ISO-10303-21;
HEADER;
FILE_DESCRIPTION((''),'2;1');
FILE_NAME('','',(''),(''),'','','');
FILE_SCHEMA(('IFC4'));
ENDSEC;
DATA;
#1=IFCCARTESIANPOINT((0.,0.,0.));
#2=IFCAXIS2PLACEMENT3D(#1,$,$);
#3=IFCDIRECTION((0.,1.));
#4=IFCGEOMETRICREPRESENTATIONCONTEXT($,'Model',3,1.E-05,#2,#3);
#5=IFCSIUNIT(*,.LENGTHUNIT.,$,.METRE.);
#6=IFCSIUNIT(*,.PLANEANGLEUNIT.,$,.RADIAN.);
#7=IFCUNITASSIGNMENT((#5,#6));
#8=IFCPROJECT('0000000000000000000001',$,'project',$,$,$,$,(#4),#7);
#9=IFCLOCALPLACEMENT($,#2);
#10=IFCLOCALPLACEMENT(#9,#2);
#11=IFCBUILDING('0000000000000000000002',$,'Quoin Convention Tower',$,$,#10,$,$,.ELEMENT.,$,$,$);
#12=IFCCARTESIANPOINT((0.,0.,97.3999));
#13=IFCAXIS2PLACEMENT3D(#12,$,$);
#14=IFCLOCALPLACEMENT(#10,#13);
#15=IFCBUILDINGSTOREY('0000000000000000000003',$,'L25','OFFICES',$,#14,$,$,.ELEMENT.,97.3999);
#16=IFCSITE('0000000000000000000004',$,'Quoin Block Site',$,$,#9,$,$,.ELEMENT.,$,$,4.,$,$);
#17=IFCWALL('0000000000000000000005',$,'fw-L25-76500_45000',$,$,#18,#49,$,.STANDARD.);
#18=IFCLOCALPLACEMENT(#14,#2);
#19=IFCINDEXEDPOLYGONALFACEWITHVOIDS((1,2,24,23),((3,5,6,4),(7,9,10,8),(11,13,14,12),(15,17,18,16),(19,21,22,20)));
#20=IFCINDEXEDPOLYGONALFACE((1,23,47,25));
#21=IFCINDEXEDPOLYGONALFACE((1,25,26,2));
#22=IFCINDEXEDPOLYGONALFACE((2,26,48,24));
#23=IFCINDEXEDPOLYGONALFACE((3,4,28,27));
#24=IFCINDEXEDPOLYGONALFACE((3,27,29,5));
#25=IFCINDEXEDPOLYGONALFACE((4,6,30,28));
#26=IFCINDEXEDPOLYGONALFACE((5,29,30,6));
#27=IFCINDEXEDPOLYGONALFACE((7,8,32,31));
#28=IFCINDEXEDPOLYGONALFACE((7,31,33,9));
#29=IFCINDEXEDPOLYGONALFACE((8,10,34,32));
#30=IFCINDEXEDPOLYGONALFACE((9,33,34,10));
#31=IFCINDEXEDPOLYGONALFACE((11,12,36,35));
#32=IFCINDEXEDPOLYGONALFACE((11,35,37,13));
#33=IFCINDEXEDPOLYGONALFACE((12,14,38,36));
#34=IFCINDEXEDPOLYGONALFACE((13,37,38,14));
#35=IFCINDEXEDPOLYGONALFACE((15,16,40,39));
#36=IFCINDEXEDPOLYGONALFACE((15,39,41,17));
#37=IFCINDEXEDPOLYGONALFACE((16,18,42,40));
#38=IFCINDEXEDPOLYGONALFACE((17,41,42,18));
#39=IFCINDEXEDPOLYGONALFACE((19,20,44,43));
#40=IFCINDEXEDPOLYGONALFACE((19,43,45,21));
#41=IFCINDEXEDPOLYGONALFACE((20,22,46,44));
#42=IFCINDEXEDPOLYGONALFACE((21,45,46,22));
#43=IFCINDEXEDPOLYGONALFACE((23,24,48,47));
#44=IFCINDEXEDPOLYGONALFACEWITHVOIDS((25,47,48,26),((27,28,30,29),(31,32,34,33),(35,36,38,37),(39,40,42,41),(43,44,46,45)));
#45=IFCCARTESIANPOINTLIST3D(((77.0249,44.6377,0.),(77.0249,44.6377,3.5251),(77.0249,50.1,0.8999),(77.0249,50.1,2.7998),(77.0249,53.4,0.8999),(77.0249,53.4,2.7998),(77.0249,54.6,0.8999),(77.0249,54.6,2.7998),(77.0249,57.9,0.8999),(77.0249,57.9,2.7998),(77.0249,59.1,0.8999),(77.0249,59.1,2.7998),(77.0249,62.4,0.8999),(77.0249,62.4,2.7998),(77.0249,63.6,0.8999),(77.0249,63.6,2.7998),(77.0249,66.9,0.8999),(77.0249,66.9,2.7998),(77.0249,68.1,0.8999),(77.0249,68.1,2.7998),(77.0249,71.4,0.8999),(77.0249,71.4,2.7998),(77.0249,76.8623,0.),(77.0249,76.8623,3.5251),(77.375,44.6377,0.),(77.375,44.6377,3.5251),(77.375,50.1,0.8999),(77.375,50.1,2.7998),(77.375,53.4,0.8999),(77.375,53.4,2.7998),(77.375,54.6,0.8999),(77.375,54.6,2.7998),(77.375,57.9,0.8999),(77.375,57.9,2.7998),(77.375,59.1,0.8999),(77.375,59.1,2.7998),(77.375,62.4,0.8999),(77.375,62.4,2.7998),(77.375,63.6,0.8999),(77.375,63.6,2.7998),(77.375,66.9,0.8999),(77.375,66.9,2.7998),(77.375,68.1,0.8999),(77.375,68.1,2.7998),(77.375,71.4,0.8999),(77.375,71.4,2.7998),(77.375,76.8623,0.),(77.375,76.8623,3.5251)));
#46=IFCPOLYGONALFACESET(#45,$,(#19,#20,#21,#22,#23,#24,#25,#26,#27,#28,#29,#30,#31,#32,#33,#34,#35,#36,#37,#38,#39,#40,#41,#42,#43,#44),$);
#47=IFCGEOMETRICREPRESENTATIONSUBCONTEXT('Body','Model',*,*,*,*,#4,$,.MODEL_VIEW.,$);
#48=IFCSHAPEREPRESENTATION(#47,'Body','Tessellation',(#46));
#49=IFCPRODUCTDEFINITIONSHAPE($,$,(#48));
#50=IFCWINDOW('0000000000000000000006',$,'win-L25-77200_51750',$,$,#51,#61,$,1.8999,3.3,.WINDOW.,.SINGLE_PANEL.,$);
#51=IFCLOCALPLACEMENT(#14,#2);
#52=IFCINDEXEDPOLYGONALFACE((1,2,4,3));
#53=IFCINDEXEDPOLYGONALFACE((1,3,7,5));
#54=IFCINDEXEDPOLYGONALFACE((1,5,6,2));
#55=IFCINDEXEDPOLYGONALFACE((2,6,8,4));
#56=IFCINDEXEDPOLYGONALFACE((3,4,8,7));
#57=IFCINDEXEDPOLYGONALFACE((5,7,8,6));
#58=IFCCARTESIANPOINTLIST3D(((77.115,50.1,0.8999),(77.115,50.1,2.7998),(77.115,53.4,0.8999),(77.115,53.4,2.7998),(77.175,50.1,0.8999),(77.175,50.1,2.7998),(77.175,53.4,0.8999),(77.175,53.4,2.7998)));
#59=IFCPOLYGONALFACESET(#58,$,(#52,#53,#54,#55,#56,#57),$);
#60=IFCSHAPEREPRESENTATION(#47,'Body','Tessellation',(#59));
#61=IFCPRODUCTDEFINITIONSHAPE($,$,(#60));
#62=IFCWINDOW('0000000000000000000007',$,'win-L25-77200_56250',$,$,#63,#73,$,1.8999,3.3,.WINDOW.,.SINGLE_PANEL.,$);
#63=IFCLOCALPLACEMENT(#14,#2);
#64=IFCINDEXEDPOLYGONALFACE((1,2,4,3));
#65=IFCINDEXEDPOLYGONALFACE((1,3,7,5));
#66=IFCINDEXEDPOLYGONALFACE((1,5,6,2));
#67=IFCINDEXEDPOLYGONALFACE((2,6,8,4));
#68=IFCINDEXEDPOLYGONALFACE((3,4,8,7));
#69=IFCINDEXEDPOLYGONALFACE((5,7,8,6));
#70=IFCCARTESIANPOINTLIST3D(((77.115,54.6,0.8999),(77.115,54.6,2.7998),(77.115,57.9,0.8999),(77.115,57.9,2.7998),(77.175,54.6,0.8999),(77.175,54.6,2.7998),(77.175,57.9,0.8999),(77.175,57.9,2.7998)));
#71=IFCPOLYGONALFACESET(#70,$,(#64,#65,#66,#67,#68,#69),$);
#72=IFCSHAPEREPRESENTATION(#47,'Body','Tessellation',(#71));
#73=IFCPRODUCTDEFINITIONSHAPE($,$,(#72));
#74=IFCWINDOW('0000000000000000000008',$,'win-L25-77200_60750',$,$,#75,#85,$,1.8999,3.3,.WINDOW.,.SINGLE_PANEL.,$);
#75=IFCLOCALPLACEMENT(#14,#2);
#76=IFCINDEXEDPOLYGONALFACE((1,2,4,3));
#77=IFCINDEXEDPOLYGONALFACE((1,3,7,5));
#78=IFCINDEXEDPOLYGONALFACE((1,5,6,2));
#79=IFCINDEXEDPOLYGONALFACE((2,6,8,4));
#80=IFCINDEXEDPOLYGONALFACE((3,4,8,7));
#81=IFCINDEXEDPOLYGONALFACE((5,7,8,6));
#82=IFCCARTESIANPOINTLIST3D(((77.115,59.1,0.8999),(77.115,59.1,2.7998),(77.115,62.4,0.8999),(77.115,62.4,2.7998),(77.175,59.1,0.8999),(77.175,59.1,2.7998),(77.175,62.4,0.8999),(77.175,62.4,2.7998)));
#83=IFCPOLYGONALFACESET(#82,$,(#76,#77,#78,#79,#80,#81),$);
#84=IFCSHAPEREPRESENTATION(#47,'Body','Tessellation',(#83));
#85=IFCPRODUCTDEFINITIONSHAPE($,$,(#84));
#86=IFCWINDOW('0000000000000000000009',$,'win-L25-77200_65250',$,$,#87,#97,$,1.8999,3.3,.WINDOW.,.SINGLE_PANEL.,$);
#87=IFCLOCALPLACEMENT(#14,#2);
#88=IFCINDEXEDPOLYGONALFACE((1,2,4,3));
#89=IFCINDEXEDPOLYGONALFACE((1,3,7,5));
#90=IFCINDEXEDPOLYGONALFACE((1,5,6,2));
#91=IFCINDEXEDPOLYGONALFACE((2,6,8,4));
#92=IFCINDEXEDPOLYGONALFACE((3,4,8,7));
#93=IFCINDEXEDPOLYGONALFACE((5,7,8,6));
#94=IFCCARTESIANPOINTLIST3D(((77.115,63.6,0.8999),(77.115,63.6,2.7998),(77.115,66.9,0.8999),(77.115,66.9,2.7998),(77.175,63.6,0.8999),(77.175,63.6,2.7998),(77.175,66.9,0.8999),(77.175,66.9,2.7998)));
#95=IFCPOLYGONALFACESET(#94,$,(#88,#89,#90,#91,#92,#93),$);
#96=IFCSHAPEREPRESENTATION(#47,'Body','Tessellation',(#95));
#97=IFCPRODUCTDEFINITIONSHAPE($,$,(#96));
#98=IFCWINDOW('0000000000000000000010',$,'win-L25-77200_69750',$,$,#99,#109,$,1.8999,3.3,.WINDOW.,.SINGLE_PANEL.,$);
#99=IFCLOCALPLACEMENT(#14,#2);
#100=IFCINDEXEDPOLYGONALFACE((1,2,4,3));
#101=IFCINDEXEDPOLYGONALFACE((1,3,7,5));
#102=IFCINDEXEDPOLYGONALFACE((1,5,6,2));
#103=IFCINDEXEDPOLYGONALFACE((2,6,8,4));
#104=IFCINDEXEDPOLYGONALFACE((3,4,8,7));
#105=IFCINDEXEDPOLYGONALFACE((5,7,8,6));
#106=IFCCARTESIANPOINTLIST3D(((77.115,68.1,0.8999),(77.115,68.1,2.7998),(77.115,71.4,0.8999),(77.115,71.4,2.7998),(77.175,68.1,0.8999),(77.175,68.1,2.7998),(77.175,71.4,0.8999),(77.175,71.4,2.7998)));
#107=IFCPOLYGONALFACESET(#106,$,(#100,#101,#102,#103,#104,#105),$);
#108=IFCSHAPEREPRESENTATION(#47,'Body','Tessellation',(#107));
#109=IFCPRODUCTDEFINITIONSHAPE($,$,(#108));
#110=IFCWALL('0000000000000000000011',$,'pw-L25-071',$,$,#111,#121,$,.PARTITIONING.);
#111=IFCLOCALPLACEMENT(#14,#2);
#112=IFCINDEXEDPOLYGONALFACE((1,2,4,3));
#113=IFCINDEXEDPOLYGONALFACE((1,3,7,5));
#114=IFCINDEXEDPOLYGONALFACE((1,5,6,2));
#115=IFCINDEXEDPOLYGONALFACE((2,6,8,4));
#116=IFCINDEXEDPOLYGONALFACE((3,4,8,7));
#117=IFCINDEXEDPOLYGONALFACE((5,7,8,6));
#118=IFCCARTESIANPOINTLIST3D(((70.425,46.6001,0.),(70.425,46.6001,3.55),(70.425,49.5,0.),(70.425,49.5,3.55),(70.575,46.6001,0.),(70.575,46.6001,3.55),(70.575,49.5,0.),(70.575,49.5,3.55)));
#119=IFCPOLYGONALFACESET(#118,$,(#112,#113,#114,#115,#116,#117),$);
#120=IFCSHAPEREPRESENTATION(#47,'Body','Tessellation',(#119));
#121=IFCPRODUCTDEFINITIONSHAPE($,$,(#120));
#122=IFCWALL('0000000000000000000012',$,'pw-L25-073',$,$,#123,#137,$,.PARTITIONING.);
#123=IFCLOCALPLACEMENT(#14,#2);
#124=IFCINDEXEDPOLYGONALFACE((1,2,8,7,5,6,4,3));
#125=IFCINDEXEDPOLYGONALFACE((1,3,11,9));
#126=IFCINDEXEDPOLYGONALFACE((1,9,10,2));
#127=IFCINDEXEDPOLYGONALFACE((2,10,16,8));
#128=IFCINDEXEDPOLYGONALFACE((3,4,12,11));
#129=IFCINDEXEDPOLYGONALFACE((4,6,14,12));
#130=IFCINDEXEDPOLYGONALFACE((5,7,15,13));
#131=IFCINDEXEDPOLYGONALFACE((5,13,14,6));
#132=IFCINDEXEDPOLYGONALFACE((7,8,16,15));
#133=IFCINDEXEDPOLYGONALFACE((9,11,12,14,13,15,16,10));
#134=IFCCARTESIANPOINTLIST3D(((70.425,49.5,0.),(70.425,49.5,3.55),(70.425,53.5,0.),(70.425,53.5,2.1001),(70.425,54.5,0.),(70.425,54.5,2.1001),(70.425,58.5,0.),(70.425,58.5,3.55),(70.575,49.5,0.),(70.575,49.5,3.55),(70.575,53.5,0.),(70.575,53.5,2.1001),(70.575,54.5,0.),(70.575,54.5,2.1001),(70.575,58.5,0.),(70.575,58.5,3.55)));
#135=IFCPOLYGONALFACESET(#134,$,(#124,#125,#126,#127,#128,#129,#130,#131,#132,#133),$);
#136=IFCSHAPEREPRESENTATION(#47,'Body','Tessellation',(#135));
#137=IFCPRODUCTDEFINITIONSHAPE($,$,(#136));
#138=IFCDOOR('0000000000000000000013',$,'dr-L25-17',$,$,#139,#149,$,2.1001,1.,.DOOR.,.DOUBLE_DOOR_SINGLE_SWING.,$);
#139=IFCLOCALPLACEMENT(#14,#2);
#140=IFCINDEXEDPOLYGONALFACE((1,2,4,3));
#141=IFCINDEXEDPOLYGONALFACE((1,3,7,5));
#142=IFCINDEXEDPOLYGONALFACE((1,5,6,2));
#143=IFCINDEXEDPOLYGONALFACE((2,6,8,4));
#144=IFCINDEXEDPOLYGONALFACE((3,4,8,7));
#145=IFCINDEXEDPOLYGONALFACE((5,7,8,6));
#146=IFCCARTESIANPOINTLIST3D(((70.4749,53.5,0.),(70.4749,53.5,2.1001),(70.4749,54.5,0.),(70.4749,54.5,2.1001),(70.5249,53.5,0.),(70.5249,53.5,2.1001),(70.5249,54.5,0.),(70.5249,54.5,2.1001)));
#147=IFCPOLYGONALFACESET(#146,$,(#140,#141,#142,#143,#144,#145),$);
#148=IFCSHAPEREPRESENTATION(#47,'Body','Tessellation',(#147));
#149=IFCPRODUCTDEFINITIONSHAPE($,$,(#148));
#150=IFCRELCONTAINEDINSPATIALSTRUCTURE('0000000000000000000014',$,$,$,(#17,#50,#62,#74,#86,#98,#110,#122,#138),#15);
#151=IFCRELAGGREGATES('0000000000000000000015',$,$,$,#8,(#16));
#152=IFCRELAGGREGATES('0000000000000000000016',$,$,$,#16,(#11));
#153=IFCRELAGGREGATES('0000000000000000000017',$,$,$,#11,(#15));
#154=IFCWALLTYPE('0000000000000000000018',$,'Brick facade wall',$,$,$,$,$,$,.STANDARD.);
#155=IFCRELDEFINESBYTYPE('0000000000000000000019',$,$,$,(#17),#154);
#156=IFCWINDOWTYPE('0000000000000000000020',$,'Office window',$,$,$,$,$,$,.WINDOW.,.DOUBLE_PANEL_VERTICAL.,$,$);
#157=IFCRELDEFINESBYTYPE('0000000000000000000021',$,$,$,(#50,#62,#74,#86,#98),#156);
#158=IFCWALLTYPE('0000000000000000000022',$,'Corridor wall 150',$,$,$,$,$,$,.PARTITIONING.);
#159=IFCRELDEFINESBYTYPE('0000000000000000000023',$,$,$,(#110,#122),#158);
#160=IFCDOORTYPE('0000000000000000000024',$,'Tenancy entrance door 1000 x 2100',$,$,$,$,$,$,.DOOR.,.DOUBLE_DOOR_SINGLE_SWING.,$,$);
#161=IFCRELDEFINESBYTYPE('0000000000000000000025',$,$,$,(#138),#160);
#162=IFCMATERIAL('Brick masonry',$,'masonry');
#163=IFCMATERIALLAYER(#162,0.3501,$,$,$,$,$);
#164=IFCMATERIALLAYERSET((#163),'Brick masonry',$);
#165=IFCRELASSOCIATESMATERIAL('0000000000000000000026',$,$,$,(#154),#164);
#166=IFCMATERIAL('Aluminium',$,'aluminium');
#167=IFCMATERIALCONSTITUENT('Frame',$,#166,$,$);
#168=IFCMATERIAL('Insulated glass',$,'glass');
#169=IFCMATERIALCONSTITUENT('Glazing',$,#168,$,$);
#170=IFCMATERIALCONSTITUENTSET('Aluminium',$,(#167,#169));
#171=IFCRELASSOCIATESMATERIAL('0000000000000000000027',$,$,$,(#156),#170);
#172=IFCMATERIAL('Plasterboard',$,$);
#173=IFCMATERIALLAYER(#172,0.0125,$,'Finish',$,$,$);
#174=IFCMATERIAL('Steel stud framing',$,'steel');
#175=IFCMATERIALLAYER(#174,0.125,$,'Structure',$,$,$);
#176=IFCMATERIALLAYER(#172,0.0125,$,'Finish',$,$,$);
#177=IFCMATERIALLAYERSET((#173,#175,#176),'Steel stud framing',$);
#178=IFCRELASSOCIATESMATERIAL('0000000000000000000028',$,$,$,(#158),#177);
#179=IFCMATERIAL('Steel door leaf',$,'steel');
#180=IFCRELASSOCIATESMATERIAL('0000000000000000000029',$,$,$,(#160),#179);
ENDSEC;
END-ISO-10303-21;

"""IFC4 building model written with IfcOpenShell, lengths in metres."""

from ifc_helpers import new_model, si_unit, direction, frame, frame_2d, origin, place, context, subcontext, project, spatial, rectangle, extrude, material, layer, layer_set, constituent, constituent_set, type_object, element, fill, save


model = new_model("IFC4")

# Units and contexts
model_context = context("Model", 3, precision=1e-05, world=origin(), true_north=direction((0.0, 1.0)))
body_context = subcontext(model_context, "Body", "Model", "MODEL_VIEW")
ifc_project = project(units=[si_unit("LENGTHUNIT", "METRE"), si_unit("PLANEANGLEUNIT", "RADIAN")], contexts=[model_context])

# Site, building, storey
site_placement = place(None, origin())
site = spatial("IfcSite", under=ifc_project, at=site_placement, Name="Quoin Block Site", CompositionType="ELEMENT", RefElevation=4.0)
building_placement = place(site_placement, origin())
building = spatial("IfcBuilding", under=site, at=building_placement, Name="Quoin Convention Tower", CompositionType="ELEMENT")
storey_placement = place(building_placement, frame((0.0, 0.0, 97.3999)))
storey = spatial("IfcBuildingStorey", under=building, at=storey_placement, Name="L25", Description="OFFICES", CompositionType="ELEMENT", Elevation=97.3999)

# Wall, openings, windows
ifc_material_1 = material(Name="Brick masonry", Category="masonry")
ifc_layer_1 = layer(ifc_material_1, 0.3501)
ifc_layer_set_1 = layer_set([ifc_layer_1], Name="Brick masonry")
wall_type_1 = type_object("IfcWallType", Name="Brick facade wall", PredefinedType="STANDARD", material=ifc_layer_set_1)
wall_1_placement = place(storey_placement, frame((77.2, 44.6377, 0.0), z_axis=(0.0, 0.0, 1.0), x_axis=(0.0, 1.0, 0.0)))
wall_1 = element("IfcWall", 1, at=wall_1_placement, inside=storey, type_object=wall_type_1, Name="fw-L25-76500_45000", PredefinedType="STANDARD", context=body_context, shape_type="SweptSolid", body=[
    extrude(rectangle(XDim=32.2246, YDim=0.3501, at=frame_2d((16.1123, 0.0))), origin(), (0.0, 0.0, 1.0), 3.5251),
])
opening_1_placement = place(wall_1_placement, frame((5.4624, 0.0, 0.8999)))
opening_1 = element("IfcOpeningElement", 2, at=opening_1_placement, cuts=wall_1, PredefinedType="OPENING", context=body_context, shape_type="SweptSolid", body=[
    extrude(rectangle(XDim=3.3, YDim=1.8999, at=frame_2d((1.6499, 0.95))), frame((0.0, 0.1851, 0.0), z_axis=(0.0, -1.0, 0.0), x_axis=(1.0, 0.0, 0.0)), (0.0, 0.0, 1.0), 0.3701),
])
opening_2_placement = place(wall_1_placement, frame((9.9624, 0.0, 0.8999)))
opening_2 = element("IfcOpeningElement", 3, at=opening_2_placement, cuts=wall_1, PredefinedType="OPENING", context=body_context, shape_type="SweptSolid", body=[
    extrude(rectangle(XDim=3.3, YDim=1.8999, at=frame_2d((1.6499, 0.95))), frame((0.0, 0.1851, 0.0), z_axis=(0.0, -1.0, 0.0), x_axis=(1.0, 0.0, 0.0)), (0.0, 0.0, 1.0), 0.3701),
])
opening_3_placement = place(wall_1_placement, frame((14.4624, 0.0, 0.8999)))
opening_3 = element("IfcOpeningElement", 4, at=opening_3_placement, cuts=wall_1, PredefinedType="OPENING", context=body_context, shape_type="SweptSolid", body=[
    extrude(rectangle(XDim=3.3, YDim=1.8999, at=frame_2d((1.6499, 0.95))), frame((0.0, 0.1851, 0.0), z_axis=(0.0, -1.0, 0.0), x_axis=(1.0, 0.0, 0.0)), (0.0, 0.0, 1.0), 0.3701),
])
opening_4_placement = place(wall_1_placement, frame((18.9624, 0.0, 0.8999)))
opening_4 = element("IfcOpeningElement", 5, at=opening_4_placement, cuts=wall_1, PredefinedType="OPENING", context=body_context, shape_type="SweptSolid", body=[
    extrude(rectangle(XDim=3.3, YDim=1.8999, at=frame_2d((1.6499, 0.95))), frame((0.0, 0.1851, 0.0), z_axis=(0.0, -1.0, 0.0), x_axis=(1.0, 0.0, 0.0)), (0.0, 0.0, 1.0), 0.3701),
])
opening_5_placement = place(wall_1_placement, frame((23.4624, 0.0, 0.8999)))
opening_5 = element("IfcOpeningElement", 6, at=opening_5_placement, cuts=wall_1, PredefinedType="OPENING", context=body_context, shape_type="SweptSolid", body=[
    extrude(rectangle(XDim=3.3, YDim=1.8999, at=frame_2d((1.6499, 0.95))), frame((0.0, 0.1851, 0.0), z_axis=(0.0, -1.0, 0.0), x_axis=(1.0, 0.0, 0.0)), (0.0, 0.0, 1.0), 0.3701),
])
ifc_material_2 = material(Name="Aluminium", Category="aluminium")
ifc_constituent_1 = constituent(ifc_material_2, Name="Frame")
ifc_material_3 = material(Name="Insulated glass", Category="glass")
ifc_constituent_2 = constituent(ifc_material_3, Name="Glazing")
ifc_constituent_set = constituent_set(constituents=[ifc_constituent_1, ifc_constituent_2], Name="Aluminium")
window_type = type_object("IfcWindowType", Name="Office window", PartitioningType="DOUBLE_PANEL_VERTICAL", PredefinedType="WINDOW", material=ifc_constituent_set)
window_1_placement = place(opening_1_placement, origin())
window_1 = element("IfcWindow", 7, at=window_1_placement, inside=storey, type_object=window_type, Name="win-L25-77200_51750", OverallHeight=1.8999, OverallWidth=3.3, PartitioningType="SINGLE_PANEL", PredefinedType="WINDOW", context=body_context, shape_type="SweptSolid", body=[
    extrude(rectangle(XDim=3.3, YDim=1.8999, at=frame_2d((1.6499, 0.95))), frame((0.0, 0.085, 0.0), z_axis=(0.0, -1.0, 0.0), x_axis=(1.0, 0.0, 0.0)), (0.0, 0.0, 1.0), 0.0601),
])
fill(opening_1, window_1)
window_2_placement = place(opening_2_placement, origin())
window_2 = element("IfcWindow", 8, at=window_2_placement, inside=storey, type_object=window_type, Name="win-L25-77200_56250", OverallHeight=1.8999, OverallWidth=3.3, PartitioningType="SINGLE_PANEL", PredefinedType="WINDOW", context=body_context, shape_type="SweptSolid", body=[
    extrude(rectangle(XDim=3.3, YDim=1.8999, at=frame_2d((1.6499, 0.95))), frame((0.0, 0.085, 0.0), z_axis=(0.0, -1.0, 0.0), x_axis=(1.0, 0.0, 0.0)), (0.0, 0.0, 1.0), 0.0601),
])
fill(opening_2, window_2)
window_3_placement = place(opening_3_placement, origin())
window_3 = element("IfcWindow", 9, at=window_3_placement, inside=storey, type_object=window_type, Name="win-L25-77200_60750", OverallHeight=1.8999, OverallWidth=3.3, PartitioningType="SINGLE_PANEL", PredefinedType="WINDOW", context=body_context, shape_type="SweptSolid", body=[
    extrude(rectangle(XDim=3.3, YDim=1.8999, at=frame_2d((1.6499, 0.95))), frame((0.0, 0.085, 0.0), z_axis=(0.0, -1.0, 0.0), x_axis=(1.0, 0.0, 0.0)), (0.0, 0.0, 1.0), 0.0601),
])
fill(opening_3, window_3)
window_4_placement = place(opening_4_placement, origin())
window_4 = element("IfcWindow", 10, at=window_4_placement, inside=storey, type_object=window_type, Name="win-L25-77200_65250", OverallHeight=1.8999, OverallWidth=3.3, PartitioningType="SINGLE_PANEL", PredefinedType="WINDOW", context=body_context, shape_type="SweptSolid", body=[
    extrude(rectangle(XDim=3.3, YDim=1.8999, at=frame_2d((1.6499, 0.95))), frame((0.0, 0.085, 0.0), z_axis=(0.0, -1.0, 0.0), x_axis=(1.0, 0.0, 0.0)), (0.0, 0.0, 1.0), 0.0601),
])
fill(opening_4, window_4)
window_5_placement = place(opening_5_placement, origin())
window_5 = element("IfcWindow", 11, at=window_5_placement, inside=storey, type_object=window_type, Name="win-L25-77200_69750", OverallHeight=1.8999, OverallWidth=3.3, PartitioningType="SINGLE_PANEL", PredefinedType="WINDOW", context=body_context, shape_type="SweptSolid", body=[
    extrude(rectangle(XDim=3.3, YDim=1.8999, at=frame_2d((1.6499, 0.95))), frame((0.0, 0.085, 0.0), z_axis=(0.0, -1.0, 0.0), x_axis=(1.0, 0.0, 0.0)), (0.0, 0.0, 1.0), 0.0601),
])
fill(opening_5, window_5)

# Wall
ifc_material_4 = material(Name="Plasterboard")
ifc_layer_2 = layer(ifc_material_4, 0.0125, Name="Finish")
ifc_material_5 = material(Name="Steel stud framing", Category="steel")
ifc_layer_3 = layer(ifc_material_5, 0.125, Name="Structure")
ifc_layer_4 = layer(ifc_material_4, 0.0125, Name="Finish")
ifc_layer_set_2 = layer_set([ifc_layer_2, ifc_layer_3, ifc_layer_4], Name="Steel stud framing")
wall_type_2 = type_object("IfcWallType", Name="Corridor wall 150", PredefinedType="PARTITIONING", material=ifc_layer_set_2)
wall_2_placement = place(storey_placement, frame((70.5, 46.6001, 0.0), z_axis=(0.0, 0.0, 1.0), x_axis=(0.0, 1.0, 0.0)))
element("IfcWall", 12, at=wall_2_placement, inside=storey, type_object=wall_type_2, Name="pw-L25-071", PredefinedType="PARTITIONING", context=body_context, shape_type="SweptSolid", body=[
    extrude(rectangle(XDim=2.8999, YDim=0.1499, at=frame_2d((1.45, 0.0))), origin(), (0.0, 0.0, 1.0), 3.55),
])

# Wall, opening, door
wall_3_placement = place(storey_placement, frame((70.5, 49.5, 0.0), z_axis=(0.0, 0.0, 1.0), x_axis=(0.0, 1.0, 0.0)))
wall_3 = element("IfcWall", 13, at=wall_3_placement, inside=storey, type_object=wall_type_2, Name="pw-L25-073", PredefinedType="PARTITIONING", context=body_context, shape_type="SweptSolid", body=[
    extrude(rectangle(XDim=9.0, YDim=0.1499, at=frame_2d((4.5, 0.0))), origin(), (0.0, 0.0, 1.0), 3.55),
])
opening_6_placement = place(wall_3_placement, frame((4.0, 0.0, 0.0)))
opening_6 = element("IfcOpeningElement", 14, at=opening_6_placement, cuts=wall_3, PredefinedType="OPENING", context=body_context, shape_type="SweptSolid", body=[
    extrude(rectangle(XDim=1.0, YDim=2.1001, at=frame_2d((0.5, 1.05))), frame((0.0, 0.085, 0.0), z_axis=(0.0, -1.0, 0.0), x_axis=(1.0, 0.0, 0.0)), (0.0, 0.0, 1.0), 0.1699),
])
ifc_material_6 = material(Name="Steel door leaf", Category="steel")
door_type_1 = type_object("IfcDoorType", Name="Tenancy entrance door 1000 x 2100", OperationType="DOUBLE_DOOR_SINGLE_SWING", PredefinedType="DOOR", material=ifc_material_6)
door_1_placement = place(opening_6_placement, frame((1.0, 0.0, 0.0), z_axis=(0.0, 0.0, 1.0), x_axis=(-1.0, 0.0, 0.0)))
door_1 = element("IfcDoor", 15, at=door_1_placement, inside=storey, type_object=door_type_1, Name="dr-L25-17", OperationType="DOUBLE_DOOR_SINGLE_SWING", OverallHeight=2.1001, OverallWidth=1.0, PredefinedType="DOOR", context=body_context, shape_type="SweptSolid", body=[
    extrude(rectangle(XDim=1.0, YDim=2.1001, at=frame_2d((0.5, 1.05))), frame((0.0, 0.0249, 0.0), z_axis=(0.0, -1.0, 0.0), x_axis=(1.0, 0.0, 0.0)), (0.0, 0.0, 1.0), 0.05),
])
fill(opening_6, door_1)

save(model, "model.ifc")
